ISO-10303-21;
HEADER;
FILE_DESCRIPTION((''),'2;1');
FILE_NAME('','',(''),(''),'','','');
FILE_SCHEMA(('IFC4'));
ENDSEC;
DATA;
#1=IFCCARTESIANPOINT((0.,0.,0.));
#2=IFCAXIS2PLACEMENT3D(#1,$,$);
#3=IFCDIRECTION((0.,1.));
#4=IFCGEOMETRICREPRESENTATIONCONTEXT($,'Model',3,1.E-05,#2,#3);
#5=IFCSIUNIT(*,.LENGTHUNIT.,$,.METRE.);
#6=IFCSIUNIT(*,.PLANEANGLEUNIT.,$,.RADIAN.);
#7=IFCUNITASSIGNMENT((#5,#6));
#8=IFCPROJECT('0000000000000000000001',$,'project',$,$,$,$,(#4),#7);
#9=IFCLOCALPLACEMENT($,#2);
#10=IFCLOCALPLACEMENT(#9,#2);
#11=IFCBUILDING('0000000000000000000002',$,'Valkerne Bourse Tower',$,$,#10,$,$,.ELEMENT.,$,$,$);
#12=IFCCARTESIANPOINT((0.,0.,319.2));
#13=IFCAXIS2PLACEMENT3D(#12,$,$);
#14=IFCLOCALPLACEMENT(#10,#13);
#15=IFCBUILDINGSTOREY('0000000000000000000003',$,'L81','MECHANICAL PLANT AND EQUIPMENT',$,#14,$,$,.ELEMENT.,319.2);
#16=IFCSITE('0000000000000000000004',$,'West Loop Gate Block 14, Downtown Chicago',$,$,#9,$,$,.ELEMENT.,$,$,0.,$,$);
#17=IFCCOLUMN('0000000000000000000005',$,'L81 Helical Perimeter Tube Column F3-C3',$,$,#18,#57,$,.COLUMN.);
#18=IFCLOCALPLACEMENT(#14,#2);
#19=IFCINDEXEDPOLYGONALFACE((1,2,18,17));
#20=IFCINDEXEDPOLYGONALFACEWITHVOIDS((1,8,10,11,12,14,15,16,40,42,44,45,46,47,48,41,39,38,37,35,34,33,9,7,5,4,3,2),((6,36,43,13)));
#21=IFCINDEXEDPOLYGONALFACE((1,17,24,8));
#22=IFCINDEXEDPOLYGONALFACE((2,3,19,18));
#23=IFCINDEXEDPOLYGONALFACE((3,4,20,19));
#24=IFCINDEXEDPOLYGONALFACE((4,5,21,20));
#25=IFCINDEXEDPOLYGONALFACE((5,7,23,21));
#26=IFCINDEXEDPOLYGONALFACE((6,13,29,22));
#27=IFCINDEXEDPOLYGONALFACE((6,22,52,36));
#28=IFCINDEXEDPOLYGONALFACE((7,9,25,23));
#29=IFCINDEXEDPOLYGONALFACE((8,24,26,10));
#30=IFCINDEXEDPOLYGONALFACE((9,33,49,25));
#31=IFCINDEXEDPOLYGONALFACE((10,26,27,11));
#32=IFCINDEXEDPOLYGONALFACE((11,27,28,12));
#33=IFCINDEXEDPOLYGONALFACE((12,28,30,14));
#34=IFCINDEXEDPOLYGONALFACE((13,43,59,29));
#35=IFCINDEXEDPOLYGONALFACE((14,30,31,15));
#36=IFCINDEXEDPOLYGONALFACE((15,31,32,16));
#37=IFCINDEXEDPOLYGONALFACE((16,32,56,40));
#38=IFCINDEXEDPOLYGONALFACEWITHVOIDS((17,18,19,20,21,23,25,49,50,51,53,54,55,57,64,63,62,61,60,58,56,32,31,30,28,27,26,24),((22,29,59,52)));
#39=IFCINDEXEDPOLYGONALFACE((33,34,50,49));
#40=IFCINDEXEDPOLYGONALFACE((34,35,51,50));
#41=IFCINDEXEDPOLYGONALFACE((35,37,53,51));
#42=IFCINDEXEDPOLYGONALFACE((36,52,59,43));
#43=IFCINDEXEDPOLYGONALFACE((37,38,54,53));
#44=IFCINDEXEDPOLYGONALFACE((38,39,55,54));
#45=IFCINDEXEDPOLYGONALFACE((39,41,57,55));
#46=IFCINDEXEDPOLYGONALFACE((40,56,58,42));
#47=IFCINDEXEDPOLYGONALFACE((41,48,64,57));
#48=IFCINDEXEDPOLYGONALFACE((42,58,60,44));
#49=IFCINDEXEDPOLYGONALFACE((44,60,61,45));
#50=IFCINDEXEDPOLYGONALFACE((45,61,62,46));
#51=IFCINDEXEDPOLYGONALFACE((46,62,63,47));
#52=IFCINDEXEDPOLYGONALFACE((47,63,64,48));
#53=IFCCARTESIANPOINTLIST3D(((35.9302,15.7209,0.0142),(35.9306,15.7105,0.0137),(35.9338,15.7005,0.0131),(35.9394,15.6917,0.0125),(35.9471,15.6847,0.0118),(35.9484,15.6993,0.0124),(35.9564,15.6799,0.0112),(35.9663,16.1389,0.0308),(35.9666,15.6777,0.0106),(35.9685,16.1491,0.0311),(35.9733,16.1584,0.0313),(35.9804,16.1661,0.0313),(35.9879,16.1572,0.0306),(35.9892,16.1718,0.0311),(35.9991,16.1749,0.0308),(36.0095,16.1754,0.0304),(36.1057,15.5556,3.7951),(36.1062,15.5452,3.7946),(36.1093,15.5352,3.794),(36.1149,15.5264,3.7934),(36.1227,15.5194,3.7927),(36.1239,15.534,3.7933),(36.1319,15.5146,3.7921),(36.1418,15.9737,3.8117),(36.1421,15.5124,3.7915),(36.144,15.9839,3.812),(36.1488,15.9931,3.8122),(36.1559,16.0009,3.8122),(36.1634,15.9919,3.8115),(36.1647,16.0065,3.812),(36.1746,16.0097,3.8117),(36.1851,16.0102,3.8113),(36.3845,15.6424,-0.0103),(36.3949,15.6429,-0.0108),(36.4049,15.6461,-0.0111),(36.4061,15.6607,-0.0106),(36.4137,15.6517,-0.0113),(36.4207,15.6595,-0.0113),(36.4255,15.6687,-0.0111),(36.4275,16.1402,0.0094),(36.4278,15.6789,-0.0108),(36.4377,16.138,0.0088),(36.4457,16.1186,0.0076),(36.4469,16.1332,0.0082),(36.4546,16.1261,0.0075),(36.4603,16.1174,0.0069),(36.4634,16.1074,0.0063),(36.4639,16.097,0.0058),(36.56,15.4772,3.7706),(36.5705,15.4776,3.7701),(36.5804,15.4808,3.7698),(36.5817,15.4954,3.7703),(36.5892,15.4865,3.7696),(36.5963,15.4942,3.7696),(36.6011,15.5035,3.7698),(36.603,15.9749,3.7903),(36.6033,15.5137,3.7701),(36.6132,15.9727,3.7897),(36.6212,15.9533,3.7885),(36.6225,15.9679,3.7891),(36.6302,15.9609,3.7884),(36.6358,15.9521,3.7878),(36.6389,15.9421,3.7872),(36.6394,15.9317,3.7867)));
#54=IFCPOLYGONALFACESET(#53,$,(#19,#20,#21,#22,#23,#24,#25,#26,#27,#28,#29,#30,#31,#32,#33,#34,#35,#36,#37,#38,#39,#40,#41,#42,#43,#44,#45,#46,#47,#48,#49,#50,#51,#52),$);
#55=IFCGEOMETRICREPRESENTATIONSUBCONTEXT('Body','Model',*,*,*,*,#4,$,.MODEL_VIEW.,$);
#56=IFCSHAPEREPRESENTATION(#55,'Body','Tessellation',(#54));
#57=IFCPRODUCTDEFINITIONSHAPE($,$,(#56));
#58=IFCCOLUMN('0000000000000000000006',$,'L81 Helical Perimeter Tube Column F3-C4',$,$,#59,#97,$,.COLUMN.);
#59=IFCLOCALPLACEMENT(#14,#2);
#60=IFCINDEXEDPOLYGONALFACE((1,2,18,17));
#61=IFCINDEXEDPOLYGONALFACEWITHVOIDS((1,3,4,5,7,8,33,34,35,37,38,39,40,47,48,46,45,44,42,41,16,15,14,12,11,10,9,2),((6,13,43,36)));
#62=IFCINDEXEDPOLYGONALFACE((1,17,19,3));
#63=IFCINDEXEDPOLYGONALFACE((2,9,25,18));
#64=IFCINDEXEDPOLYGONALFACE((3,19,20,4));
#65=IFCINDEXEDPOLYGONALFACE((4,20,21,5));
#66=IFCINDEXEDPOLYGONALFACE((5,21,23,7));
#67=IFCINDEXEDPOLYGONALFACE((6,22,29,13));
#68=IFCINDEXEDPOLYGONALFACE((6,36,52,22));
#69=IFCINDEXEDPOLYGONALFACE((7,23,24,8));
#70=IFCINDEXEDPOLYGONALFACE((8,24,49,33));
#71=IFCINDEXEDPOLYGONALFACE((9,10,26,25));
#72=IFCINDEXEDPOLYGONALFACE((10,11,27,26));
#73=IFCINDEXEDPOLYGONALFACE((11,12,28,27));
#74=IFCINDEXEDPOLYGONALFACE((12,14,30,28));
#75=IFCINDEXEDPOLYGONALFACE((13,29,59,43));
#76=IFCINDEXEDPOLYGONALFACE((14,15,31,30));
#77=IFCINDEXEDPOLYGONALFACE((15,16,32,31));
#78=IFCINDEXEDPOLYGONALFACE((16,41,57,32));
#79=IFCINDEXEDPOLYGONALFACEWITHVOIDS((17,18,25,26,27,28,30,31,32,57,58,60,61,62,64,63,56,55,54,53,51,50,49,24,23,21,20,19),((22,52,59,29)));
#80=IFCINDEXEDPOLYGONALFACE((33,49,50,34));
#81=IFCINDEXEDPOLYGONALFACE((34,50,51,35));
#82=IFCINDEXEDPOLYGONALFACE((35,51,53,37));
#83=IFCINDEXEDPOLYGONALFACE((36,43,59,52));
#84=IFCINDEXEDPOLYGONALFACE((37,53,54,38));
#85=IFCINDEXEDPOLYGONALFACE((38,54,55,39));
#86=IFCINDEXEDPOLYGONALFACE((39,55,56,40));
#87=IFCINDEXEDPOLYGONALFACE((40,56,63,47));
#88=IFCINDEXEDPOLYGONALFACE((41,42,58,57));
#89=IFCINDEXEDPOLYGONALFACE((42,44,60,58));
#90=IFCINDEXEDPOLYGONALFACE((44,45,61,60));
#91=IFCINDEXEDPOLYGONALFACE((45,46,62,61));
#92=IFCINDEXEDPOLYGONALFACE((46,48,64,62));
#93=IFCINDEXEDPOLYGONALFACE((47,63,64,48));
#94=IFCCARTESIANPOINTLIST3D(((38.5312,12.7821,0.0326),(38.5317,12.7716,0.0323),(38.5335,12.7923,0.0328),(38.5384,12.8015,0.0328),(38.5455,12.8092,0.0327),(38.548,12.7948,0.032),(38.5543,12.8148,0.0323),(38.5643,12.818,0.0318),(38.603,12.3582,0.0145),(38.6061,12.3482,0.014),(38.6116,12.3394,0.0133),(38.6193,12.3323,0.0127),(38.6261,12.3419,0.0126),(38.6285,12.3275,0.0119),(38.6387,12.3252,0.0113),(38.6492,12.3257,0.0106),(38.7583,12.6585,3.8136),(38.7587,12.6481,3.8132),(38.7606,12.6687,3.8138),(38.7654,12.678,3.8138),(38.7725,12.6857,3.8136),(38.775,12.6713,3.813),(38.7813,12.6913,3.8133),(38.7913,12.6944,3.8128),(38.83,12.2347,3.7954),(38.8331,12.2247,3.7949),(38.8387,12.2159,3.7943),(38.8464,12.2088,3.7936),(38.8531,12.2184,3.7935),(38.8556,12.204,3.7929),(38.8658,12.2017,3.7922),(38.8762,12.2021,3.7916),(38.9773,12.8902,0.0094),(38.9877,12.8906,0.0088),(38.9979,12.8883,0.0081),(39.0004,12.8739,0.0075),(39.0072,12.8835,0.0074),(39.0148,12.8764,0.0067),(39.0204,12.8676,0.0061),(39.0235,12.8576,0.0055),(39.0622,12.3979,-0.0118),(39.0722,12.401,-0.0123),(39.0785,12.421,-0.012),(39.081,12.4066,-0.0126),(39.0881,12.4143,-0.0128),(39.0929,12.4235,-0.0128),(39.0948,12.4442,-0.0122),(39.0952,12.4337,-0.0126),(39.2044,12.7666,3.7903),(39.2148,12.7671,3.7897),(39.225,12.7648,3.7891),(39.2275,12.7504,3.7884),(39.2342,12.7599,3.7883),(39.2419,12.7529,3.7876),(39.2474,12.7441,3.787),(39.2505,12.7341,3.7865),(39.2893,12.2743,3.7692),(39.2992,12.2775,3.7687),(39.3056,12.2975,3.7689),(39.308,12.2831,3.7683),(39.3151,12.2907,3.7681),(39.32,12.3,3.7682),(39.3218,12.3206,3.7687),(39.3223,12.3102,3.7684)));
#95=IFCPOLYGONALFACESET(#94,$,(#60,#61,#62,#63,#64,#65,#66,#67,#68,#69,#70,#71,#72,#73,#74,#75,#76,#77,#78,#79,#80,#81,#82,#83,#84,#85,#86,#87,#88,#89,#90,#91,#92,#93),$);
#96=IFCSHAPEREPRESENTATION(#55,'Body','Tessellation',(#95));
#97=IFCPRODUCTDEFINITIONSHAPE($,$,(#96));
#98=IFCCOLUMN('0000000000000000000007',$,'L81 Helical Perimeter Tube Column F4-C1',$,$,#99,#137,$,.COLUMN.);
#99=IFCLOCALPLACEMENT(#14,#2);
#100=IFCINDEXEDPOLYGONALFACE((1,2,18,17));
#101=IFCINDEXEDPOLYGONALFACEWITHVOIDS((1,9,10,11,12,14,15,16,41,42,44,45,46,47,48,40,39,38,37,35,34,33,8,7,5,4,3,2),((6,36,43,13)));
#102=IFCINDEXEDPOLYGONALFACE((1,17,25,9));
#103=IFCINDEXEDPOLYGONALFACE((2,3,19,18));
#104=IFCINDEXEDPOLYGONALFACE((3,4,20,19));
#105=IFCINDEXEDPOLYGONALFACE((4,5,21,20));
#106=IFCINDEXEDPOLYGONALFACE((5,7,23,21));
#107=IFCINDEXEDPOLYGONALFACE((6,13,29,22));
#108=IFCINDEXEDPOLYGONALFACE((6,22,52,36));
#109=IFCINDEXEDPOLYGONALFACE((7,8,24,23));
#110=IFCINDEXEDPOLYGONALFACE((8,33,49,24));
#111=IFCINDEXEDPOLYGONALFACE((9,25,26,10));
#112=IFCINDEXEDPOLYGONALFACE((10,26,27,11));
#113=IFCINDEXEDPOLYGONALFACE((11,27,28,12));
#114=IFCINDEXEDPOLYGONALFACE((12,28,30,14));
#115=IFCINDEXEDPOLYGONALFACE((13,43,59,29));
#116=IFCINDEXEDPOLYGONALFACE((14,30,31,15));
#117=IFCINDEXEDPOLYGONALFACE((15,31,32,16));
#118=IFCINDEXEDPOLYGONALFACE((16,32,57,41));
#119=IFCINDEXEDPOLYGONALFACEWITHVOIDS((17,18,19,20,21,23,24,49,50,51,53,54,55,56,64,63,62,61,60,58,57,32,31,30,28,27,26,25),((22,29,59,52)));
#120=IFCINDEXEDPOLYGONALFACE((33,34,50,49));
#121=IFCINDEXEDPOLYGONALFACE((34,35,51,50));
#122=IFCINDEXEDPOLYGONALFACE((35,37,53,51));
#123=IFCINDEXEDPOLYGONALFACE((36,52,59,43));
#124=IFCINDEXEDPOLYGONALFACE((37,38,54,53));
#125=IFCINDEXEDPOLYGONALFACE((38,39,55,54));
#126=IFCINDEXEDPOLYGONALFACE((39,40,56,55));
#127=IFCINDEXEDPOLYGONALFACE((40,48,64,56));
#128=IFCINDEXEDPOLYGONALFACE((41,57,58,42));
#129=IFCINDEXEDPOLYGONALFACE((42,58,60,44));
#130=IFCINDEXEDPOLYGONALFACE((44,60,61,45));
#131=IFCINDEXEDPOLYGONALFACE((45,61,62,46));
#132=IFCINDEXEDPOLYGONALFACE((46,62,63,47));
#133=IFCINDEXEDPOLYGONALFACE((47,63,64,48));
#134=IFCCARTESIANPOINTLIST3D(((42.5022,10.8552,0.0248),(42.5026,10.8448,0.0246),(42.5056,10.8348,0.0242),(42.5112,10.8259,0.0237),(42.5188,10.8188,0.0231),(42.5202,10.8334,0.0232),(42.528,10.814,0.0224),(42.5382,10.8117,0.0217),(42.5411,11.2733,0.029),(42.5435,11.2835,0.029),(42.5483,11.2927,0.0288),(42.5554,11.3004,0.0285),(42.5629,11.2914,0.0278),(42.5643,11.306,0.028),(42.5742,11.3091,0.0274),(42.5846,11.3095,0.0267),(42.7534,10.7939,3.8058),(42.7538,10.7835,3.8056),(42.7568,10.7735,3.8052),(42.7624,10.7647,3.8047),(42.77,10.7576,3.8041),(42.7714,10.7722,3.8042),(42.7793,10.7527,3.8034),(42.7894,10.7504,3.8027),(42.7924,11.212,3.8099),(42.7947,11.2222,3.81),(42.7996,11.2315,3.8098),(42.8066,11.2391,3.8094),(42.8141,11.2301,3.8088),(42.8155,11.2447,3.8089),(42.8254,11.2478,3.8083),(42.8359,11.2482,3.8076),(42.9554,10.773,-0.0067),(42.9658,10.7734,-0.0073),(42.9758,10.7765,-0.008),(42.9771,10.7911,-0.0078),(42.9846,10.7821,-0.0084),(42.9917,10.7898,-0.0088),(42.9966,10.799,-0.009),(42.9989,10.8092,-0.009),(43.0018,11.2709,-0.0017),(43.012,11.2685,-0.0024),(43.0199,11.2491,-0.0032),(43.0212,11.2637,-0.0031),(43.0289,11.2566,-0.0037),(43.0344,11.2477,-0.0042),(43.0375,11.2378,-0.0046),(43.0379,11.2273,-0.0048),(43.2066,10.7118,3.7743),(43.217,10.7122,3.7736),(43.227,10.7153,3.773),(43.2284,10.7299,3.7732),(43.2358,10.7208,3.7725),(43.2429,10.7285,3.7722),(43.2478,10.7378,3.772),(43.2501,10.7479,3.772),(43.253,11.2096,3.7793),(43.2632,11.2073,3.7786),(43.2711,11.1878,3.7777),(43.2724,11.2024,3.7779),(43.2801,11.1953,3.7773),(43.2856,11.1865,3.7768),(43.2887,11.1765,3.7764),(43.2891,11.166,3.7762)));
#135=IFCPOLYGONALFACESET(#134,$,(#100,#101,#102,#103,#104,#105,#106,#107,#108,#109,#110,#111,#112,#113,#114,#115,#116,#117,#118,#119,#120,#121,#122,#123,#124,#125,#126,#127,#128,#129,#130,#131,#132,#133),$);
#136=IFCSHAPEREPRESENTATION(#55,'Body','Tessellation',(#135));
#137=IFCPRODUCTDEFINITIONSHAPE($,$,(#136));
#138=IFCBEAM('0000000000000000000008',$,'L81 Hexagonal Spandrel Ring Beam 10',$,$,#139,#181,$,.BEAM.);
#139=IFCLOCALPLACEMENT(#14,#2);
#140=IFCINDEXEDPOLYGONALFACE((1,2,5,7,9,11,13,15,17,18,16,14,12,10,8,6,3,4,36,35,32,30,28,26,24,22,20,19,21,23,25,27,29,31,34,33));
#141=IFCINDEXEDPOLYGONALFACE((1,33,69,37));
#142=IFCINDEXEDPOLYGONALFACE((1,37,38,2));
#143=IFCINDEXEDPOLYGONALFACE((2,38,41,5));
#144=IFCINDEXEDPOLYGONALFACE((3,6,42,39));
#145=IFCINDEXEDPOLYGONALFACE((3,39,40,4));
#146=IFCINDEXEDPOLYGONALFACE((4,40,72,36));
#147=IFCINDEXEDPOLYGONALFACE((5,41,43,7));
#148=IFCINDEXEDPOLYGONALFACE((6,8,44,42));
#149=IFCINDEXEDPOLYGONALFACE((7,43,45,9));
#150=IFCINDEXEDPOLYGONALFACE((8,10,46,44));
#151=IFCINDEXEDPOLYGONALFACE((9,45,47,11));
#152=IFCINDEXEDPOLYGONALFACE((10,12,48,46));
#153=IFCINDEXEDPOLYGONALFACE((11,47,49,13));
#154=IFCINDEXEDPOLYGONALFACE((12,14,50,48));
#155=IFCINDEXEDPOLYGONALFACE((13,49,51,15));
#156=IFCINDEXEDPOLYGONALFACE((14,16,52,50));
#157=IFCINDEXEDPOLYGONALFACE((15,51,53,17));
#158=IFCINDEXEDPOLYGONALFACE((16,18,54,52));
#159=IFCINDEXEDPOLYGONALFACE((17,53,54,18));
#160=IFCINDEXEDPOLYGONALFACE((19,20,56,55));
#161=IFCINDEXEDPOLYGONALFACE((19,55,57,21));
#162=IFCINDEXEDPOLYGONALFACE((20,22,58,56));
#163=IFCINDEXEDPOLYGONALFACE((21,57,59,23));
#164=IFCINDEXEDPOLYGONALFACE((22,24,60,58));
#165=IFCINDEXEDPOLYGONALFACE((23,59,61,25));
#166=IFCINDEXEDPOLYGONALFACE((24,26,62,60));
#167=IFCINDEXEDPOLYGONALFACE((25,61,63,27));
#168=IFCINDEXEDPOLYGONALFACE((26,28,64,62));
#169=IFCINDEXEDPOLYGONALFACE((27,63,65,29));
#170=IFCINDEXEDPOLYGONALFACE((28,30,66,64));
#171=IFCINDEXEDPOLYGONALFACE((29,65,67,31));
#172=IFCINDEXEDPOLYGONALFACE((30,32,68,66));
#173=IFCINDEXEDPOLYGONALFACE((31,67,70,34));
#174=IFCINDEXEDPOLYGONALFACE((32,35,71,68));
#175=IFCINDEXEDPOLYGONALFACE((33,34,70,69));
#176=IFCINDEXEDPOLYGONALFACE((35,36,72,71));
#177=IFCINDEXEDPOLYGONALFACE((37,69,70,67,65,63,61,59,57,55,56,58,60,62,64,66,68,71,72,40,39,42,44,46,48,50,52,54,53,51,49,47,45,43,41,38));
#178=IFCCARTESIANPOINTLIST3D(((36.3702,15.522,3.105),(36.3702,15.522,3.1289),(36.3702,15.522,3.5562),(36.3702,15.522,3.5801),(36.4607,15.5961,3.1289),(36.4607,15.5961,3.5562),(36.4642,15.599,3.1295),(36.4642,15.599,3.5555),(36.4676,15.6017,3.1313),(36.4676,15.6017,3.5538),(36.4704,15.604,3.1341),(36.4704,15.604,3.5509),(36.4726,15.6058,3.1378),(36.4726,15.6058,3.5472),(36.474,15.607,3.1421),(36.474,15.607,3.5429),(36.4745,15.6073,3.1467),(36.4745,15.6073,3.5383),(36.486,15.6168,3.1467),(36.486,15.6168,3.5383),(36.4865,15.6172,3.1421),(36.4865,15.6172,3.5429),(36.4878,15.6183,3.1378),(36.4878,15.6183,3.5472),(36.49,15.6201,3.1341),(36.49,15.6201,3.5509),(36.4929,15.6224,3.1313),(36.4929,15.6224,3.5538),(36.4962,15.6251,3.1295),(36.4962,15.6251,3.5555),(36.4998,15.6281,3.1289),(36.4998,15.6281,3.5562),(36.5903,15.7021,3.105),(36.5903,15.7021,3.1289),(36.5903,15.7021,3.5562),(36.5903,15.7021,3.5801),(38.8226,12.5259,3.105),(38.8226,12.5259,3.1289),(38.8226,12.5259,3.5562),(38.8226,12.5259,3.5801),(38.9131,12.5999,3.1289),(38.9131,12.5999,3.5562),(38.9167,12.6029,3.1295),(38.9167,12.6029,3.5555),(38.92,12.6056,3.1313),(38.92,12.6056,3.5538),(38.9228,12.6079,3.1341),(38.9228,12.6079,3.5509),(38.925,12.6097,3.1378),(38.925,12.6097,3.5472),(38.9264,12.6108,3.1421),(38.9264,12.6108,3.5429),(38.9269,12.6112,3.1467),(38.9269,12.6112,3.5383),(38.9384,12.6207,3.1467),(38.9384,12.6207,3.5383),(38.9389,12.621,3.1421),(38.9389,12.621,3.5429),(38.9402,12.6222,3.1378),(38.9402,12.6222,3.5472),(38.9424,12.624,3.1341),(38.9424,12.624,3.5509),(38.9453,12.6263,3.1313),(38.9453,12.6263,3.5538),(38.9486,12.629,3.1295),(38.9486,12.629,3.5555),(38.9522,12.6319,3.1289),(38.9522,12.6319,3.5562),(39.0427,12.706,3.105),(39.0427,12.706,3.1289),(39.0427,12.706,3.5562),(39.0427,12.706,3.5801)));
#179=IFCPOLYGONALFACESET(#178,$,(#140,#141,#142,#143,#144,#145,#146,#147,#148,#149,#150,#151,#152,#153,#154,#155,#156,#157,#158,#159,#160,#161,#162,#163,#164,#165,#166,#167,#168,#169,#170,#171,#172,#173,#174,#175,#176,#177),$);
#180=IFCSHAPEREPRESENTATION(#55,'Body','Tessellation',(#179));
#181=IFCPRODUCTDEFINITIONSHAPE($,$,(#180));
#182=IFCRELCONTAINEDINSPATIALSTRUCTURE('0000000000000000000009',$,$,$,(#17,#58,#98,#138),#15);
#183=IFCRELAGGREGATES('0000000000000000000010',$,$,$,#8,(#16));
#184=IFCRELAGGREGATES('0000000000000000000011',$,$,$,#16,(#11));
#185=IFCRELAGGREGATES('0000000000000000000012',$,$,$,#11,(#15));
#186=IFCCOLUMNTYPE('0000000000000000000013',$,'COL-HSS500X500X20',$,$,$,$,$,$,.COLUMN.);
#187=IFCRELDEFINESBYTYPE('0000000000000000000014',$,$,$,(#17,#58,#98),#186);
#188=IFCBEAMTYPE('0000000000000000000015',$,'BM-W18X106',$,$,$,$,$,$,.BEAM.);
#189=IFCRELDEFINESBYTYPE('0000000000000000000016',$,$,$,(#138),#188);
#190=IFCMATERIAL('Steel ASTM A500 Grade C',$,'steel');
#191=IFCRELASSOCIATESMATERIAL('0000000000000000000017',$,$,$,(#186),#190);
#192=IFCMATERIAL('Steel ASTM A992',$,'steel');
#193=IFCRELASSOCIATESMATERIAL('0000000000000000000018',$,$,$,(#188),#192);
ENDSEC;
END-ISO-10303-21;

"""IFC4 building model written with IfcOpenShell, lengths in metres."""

from ifc_helpers import new_model, si_unit, direction, frame, origin, origin_2d, place, context, subcontext, project, spatial, hollow_rectangle, i_section, extrude, material, material_profile, profile_set, type_object, element, save


model = new_model("IFC4")

# Units and contexts
model_context = context("Model", 3, precision=1e-05, world=origin(), true_north=direction((0.0, 1.0)))
body_context = subcontext(model_context, "Body", "Model", "MODEL_VIEW")
ifc_project = project(units=[si_unit("LENGTHUNIT", "METRE"), si_unit("PLANEANGLEUNIT", "RADIAN")], contexts=[model_context])

# Site, building, storey
site_placement = place(None, origin())
site = spatial("IfcSite", under=ifc_project, at=site_placement, Name="West Loop Gate Block 14, Downtown Chicago", CompositionType="ELEMENT", RefElevation=0.0)
building_placement = place(site_placement, origin())
building = spatial("IfcBuilding", under=site, at=building_placement, Name="Valkerne Bourse Tower", CompositionType="ELEMENT")
storey_placement = place(building_placement, frame((0.0, 0.0, 319.2)))
storey = spatial("IfcBuildingStorey", under=building, at=storey_placement, Name="L81", Description="MECHANICAL PLANT AND EQUIPMENT", CompositionType="ELEMENT", Elevation=319.2)

# Columns
ifc_material_1 = material(Name="Steel ASTM A500 Grade C", Category="steel")
ifc_material_profile_1 = material_profile(ifc_material_1, hollow_rectangle(XDim=0.5, YDim=0.5, WallThickness=0.02, OuterFilletRadius=0.04, at=origin_2d()), Name="HSS500X500X20")
ifc_profile_set_1 = profile_set([ifc_material_profile_1], Name="Steel ASTM A500 Grade C")
column_type = type_object("IfcColumnType", Name="COL-HSS500X500X20", PredefinedType="COLUMN", material=ifc_profile_set_1)
column_placement = place(storey_placement, frame((36.197, 15.9089, 0.01), z_axis=(0.046332, -0.043625, 0.997973), x_axis=(0.995223, -0.083923, -0.049873)))
element("IfcColumn", 1, at=column_placement, inside=storey, type_object=column_type, Name="L81 Helical Perimeter Tube Column F3-C3", PredefinedType="COLUMN", context=body_context, shape_type="SweptSolid", body=[
    extrude(hollow_rectangle(XDim=0.5, YDim=0.5, WallThickness=0.02, OuterFilletRadius=0.04, at=origin_2d()), origin(), (0.0, 0.0, 1.0), 3.7886),
])
for number, where, z_axis, x_axis, name in (
    (2, (38.8132, 12.6079, 0.01), (0.059911, -0.032596, 0.997671), (0.983656, 0.171942, -0.053451), "L81 Helical Perimeter Tube Column F3-C4"),
    (3, (42.77, 11.0413, 0.01), (0.066288, -0.016169, 0.99767), (0.092845, 0.995631, 0.009967), "L81 Helical Perimeter Tube Column F4-C1"),
):
    element("IfcColumn", number, at=place(storey_placement, frame(where, z_axis=z_axis, x_axis=x_axis)), inside=storey, type_object=column_type, Name=name, PredefinedType="COLUMN", context=body_context, shape_type="SweptSolid", body=[
        extrude(hollow_rectangle(XDim=0.5, YDim=0.5, WallThickness=0.02, OuterFilletRadius=0.04, at=origin_2d()), origin(), (0.0, 0.0, 1.0), 3.7898),
    ])

# Beam
ifc_material_2 = material(Name="Steel ASTM A992", Category="steel")
ifc_material_profile_2 = material_profile(ifc_material_2, i_section(OverallWidth=0.2844, OverallDepth=0.4751, WebThickness=0.0149, FlangeThickness=0.0239, FilletRadius=0.0178, at=origin_2d()), Name="W18X106")
ifc_profile_set_2 = profile_set([ifc_material_profile_2], Name="Steel ASTM A992")
beam_type_1 = type_object("IfcBeamType", Name="BM-W18X106", PredefinedType="BEAM", material=ifc_profile_set_2)
beam_1_placement = place(storey_placement, frame((36.4802, 15.6121, 3.3425), z_axis=(0.633399, -0.773825, 0.0), x_axis=(0.773825, 0.633399, 0.0)))
element("IfcBeam", 4, at=beam_1_placement, inside=storey, type_object=beam_type_1, Name="L81 Hexagonal Spandrel Ring Beam 10", PredefinedType="BEAM", context=body_context, shape_type="SweptSolid", body=[
    extrude(i_section(OverallWidth=0.2844, OverallDepth=0.4751, WebThickness=0.0149, FlangeThickness=0.0239, FilletRadius=0.0178, at=origin_2d()), origin(), (0.0, 0.0, 1.0), 3.8718),
])

save(model, "model.ifc")
